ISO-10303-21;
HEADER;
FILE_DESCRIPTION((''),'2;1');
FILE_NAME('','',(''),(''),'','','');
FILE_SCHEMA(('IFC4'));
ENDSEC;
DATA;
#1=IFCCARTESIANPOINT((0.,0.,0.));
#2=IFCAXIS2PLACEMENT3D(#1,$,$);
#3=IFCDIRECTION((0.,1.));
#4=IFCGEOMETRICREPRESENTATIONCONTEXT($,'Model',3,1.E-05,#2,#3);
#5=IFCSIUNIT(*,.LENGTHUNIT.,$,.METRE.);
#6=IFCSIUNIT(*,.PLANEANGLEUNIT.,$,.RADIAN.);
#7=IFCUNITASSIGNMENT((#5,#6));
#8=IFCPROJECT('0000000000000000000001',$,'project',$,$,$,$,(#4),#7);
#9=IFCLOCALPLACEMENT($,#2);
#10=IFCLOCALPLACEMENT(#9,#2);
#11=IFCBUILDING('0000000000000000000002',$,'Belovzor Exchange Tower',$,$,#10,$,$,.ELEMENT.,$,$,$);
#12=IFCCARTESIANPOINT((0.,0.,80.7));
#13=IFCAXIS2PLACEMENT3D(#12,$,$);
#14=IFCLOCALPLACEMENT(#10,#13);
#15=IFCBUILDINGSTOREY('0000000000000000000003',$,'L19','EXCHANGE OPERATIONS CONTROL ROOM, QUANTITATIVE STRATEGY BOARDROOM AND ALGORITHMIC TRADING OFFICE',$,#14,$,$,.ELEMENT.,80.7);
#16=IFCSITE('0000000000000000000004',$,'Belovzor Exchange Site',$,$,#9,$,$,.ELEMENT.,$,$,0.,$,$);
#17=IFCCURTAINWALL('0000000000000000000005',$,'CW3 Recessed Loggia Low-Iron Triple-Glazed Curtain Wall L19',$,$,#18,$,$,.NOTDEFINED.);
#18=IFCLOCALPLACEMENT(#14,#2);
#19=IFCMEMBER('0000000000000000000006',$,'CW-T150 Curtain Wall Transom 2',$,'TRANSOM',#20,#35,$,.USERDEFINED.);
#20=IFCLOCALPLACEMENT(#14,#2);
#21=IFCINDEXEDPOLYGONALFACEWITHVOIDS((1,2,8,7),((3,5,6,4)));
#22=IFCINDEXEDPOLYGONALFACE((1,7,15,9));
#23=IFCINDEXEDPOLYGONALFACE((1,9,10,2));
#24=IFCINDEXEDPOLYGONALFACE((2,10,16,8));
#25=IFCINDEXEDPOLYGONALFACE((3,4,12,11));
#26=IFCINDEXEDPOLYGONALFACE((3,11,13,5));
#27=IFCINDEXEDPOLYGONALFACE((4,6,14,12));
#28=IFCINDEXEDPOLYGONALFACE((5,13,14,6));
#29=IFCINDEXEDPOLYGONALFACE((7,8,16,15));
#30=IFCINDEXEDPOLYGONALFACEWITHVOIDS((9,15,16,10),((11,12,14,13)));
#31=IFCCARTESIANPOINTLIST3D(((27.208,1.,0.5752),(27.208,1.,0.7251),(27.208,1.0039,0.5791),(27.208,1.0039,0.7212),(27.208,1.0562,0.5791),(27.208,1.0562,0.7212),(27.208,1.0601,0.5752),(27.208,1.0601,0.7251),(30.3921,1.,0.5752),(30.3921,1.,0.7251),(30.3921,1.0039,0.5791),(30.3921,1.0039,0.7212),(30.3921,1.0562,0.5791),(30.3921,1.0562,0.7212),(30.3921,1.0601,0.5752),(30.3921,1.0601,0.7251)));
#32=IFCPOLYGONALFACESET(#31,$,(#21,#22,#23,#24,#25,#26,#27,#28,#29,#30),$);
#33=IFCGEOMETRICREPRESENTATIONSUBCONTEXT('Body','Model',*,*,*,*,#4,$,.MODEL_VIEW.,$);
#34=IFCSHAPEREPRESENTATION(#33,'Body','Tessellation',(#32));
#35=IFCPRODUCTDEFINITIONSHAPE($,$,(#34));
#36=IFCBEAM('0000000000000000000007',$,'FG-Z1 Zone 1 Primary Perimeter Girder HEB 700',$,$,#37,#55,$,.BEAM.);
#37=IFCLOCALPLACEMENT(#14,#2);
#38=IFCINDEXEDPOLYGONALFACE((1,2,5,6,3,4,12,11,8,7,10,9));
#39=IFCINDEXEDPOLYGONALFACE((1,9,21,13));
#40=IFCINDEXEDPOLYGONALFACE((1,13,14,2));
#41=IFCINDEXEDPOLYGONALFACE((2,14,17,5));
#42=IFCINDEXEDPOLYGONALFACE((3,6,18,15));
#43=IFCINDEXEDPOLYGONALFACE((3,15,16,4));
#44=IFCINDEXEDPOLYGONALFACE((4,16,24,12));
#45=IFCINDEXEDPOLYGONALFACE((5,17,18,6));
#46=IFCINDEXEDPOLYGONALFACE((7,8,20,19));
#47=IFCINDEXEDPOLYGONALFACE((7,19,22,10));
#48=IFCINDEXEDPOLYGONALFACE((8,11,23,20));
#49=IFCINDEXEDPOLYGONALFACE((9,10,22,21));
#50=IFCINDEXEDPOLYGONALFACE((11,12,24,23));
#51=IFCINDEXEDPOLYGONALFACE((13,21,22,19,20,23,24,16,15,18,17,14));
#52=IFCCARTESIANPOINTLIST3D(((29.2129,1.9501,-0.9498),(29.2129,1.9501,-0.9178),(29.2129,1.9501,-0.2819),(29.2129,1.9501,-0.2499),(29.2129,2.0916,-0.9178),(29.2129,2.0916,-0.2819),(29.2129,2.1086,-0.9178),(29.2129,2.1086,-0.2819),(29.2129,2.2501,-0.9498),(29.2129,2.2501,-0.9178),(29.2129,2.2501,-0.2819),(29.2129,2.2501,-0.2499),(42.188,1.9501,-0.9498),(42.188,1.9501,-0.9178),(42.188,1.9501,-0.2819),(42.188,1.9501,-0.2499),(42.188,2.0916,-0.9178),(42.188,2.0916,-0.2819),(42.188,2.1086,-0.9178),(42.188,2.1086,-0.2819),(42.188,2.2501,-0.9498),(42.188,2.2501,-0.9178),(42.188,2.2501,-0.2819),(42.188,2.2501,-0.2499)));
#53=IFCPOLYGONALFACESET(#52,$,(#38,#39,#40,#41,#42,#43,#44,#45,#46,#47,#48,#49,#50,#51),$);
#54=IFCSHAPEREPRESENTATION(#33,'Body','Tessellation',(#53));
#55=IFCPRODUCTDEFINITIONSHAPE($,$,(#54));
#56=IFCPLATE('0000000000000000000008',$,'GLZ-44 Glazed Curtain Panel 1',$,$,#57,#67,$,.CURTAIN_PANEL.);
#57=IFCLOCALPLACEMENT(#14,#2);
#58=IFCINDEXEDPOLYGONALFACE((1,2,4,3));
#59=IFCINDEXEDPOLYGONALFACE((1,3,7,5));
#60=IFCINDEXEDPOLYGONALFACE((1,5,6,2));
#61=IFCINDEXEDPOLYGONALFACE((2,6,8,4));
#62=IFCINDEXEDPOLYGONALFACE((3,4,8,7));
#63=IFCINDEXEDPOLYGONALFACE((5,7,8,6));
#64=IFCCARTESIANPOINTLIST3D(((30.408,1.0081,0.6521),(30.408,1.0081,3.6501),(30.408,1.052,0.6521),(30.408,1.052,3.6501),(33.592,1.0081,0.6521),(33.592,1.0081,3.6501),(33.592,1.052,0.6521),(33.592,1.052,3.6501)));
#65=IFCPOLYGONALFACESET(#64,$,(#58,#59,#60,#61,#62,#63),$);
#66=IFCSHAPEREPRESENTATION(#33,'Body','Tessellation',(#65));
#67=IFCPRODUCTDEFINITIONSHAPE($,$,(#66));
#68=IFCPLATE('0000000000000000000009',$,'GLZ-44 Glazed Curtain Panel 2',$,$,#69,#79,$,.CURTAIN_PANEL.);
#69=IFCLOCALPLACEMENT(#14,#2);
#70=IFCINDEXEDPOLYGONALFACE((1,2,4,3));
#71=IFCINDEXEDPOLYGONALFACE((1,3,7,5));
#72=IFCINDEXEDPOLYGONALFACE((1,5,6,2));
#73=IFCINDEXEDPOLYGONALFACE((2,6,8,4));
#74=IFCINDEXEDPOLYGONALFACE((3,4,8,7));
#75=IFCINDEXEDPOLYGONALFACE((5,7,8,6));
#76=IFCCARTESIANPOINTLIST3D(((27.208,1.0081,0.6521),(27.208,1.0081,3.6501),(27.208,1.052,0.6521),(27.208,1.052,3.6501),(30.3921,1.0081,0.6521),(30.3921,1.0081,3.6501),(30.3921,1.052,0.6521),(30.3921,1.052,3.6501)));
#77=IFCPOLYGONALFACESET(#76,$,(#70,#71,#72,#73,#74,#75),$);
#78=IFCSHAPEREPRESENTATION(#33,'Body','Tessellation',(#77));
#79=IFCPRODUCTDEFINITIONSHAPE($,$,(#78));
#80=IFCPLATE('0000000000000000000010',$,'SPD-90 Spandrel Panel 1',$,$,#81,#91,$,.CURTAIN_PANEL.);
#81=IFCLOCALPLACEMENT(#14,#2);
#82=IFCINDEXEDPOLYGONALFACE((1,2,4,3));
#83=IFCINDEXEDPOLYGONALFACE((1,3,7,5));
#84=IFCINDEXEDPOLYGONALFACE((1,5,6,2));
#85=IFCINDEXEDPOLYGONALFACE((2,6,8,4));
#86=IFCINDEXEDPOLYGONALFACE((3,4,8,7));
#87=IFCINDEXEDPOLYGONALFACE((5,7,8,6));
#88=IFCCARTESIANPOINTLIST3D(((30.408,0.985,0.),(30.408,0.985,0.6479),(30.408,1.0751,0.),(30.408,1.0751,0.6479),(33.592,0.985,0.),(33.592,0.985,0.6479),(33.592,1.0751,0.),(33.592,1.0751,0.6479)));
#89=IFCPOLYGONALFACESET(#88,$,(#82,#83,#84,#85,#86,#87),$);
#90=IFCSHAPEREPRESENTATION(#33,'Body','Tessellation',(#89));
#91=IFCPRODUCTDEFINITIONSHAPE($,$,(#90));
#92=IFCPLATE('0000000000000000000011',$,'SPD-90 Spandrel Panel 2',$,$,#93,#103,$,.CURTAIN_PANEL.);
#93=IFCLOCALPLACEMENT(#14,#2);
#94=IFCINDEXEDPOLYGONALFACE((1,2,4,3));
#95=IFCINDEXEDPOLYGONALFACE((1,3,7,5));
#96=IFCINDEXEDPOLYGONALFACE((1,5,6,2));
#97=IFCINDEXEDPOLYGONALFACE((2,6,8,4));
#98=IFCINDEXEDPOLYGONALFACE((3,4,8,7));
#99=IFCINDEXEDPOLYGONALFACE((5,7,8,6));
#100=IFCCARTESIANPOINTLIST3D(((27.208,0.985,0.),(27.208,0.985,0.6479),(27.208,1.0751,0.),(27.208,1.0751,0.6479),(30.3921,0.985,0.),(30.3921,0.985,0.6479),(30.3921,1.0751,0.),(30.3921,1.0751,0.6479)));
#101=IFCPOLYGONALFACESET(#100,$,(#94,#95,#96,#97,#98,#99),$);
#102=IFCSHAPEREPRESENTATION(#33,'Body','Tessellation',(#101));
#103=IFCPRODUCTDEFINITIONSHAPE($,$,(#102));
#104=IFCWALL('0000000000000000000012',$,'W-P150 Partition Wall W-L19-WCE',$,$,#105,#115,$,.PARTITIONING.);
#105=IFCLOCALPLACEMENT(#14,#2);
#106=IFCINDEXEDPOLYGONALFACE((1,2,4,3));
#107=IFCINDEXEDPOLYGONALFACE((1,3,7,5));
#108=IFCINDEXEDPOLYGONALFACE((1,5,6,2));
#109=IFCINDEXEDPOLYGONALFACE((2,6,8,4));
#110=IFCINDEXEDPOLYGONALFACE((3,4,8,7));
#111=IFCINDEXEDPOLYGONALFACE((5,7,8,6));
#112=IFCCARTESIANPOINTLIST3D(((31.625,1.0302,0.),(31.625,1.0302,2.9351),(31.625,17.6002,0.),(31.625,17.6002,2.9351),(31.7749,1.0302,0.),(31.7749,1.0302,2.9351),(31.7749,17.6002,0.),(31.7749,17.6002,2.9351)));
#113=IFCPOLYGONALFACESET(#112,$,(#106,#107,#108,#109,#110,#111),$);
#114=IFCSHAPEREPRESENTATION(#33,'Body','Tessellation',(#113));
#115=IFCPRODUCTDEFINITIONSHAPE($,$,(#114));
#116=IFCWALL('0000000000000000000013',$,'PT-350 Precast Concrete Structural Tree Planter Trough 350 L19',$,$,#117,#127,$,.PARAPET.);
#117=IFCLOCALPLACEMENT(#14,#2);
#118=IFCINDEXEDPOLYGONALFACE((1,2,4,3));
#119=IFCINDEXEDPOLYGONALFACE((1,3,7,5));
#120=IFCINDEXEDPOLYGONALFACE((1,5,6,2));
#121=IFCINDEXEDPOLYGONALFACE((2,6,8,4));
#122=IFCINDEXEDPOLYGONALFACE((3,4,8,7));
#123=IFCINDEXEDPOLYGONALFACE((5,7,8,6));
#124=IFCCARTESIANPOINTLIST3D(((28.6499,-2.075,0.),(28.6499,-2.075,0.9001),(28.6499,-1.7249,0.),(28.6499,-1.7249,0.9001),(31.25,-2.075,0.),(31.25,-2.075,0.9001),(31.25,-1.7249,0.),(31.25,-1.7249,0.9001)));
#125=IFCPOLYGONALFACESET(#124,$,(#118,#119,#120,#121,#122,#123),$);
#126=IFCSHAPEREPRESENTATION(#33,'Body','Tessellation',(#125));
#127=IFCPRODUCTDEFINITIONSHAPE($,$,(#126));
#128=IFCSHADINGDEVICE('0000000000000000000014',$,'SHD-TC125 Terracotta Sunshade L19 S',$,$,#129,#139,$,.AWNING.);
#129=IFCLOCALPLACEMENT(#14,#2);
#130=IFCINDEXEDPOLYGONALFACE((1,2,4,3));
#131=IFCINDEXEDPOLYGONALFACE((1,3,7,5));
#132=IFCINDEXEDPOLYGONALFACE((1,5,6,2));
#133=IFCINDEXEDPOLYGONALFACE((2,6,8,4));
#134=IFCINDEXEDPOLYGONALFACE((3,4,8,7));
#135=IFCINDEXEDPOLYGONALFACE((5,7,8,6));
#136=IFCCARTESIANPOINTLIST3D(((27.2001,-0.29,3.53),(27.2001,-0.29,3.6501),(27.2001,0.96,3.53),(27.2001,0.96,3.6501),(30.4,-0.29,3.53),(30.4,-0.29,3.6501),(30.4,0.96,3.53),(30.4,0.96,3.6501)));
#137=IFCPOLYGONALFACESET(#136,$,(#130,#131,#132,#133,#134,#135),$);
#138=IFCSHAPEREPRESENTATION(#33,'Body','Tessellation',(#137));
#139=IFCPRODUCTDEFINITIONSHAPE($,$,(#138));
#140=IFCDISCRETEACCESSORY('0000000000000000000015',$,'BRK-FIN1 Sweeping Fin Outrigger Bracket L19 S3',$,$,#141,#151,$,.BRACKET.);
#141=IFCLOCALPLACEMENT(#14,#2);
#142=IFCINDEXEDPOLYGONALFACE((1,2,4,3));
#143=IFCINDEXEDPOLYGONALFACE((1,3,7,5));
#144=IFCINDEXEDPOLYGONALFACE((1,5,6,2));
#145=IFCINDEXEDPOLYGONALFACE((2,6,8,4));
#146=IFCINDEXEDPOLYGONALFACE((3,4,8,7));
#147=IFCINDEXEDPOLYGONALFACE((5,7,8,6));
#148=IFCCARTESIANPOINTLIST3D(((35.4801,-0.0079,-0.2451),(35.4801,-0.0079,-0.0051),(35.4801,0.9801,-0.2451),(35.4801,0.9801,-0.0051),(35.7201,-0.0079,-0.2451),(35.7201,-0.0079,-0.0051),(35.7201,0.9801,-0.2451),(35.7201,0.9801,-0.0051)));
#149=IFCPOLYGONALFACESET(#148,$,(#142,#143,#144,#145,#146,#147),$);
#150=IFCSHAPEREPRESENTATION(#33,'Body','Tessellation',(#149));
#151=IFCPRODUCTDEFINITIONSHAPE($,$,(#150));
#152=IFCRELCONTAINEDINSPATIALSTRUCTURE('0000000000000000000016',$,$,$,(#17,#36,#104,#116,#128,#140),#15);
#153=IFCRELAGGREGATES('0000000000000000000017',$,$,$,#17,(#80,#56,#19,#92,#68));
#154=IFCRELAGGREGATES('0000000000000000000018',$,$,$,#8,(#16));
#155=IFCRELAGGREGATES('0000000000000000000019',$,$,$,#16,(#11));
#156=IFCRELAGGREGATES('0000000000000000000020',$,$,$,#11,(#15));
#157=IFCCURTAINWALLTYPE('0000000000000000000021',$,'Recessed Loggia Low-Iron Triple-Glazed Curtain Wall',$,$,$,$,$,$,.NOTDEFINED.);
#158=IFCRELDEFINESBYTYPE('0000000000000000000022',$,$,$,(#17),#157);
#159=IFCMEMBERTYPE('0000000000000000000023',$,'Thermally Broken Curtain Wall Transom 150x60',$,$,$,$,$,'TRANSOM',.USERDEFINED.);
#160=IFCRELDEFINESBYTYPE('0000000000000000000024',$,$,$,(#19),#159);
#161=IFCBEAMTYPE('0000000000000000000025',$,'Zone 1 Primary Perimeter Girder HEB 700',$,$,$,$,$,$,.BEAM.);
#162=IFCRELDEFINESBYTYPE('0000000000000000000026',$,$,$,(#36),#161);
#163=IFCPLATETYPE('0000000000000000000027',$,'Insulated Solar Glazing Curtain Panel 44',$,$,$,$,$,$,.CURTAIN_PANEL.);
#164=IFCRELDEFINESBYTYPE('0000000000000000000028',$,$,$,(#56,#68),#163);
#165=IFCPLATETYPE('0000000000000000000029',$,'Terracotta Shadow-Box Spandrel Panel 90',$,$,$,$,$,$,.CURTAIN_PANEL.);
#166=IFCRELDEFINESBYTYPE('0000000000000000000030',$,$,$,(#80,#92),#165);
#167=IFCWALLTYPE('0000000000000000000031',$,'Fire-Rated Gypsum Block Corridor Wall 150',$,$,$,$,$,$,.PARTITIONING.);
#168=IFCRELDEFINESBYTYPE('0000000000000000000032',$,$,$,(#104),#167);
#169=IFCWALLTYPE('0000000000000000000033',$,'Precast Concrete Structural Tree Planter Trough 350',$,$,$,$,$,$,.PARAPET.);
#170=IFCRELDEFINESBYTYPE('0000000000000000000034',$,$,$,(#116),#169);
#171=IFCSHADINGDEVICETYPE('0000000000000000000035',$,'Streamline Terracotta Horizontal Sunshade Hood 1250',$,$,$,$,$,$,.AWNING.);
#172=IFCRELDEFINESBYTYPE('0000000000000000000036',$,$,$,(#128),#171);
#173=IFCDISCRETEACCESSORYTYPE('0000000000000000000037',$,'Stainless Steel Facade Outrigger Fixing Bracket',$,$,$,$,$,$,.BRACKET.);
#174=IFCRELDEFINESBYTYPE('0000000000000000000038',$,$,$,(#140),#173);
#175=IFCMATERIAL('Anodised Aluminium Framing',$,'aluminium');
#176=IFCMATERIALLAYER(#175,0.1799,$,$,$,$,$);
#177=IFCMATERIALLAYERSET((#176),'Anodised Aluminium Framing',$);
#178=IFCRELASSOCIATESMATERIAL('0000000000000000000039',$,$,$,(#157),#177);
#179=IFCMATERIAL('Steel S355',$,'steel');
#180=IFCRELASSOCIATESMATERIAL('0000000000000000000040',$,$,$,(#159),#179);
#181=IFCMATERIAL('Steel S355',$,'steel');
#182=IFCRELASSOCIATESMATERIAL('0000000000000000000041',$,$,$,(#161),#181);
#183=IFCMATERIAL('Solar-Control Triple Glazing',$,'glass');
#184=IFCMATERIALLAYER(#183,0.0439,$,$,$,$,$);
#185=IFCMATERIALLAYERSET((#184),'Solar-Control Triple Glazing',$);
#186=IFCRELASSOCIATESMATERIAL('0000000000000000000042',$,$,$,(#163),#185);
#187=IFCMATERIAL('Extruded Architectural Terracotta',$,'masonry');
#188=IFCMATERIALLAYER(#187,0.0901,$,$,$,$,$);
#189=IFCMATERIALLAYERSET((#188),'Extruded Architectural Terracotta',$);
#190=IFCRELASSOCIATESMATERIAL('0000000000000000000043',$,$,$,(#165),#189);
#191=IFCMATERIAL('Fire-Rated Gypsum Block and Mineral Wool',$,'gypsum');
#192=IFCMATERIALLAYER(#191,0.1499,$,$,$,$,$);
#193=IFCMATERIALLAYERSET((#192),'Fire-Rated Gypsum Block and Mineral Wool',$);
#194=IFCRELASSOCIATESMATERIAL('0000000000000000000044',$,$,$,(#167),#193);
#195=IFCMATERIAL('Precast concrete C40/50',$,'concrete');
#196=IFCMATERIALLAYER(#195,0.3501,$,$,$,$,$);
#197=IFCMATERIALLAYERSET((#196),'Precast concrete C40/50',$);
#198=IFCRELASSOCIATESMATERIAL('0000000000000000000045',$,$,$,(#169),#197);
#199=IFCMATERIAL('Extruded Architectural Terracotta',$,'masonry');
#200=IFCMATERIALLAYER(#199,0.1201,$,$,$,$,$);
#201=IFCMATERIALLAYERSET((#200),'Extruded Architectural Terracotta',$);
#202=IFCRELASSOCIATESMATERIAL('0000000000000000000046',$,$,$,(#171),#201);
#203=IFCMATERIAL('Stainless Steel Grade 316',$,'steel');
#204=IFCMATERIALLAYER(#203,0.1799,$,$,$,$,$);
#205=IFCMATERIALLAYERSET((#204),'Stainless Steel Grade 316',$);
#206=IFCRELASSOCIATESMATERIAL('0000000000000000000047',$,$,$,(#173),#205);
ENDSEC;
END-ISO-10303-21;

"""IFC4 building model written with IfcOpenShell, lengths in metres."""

from ifc_helpers import new_model, si_unit, direction, frame, frame_2d, origin, origin_2d, place, context, subcontext, project, spatial, rectangle, hollow_rectangle, i_section, extrude, material, layer, layer_set, material_profile, profile_set, type_object, element, aggregate, save


model = new_model("IFC4")

# Units and contexts
model_context = context("Model", 3, precision=1e-05, world=origin(), true_north=direction((0.0, 1.0)))
body_context = subcontext(model_context, "Body", "Model", "MODEL_VIEW")
ifc_project = project(units=[si_unit("LENGTHUNIT", "METRE"), si_unit("PLANEANGLEUNIT", "RADIAN")], contexts=[model_context])

# Site, building, storey
site_placement = place(None, origin())
site = spatial("IfcSite", under=ifc_project, at=site_placement, Name="Belovzor Exchange Site", CompositionType="ELEMENT", RefElevation=0.0)
building_placement = place(site_placement, origin())
building = spatial("IfcBuilding", under=site, at=building_placement, Name="Belovzor Exchange Tower", CompositionType="ELEMENT")
storey_placement = place(building_placement, frame((0.0, 0.0, 80.7)))
storey = spatial("IfcBuildingStorey", under=building, at=storey_placement, Name="L19", Description="EXCHANGE OPERATIONS CONTROL ROOM, QUANTITATIVE STRATEGY BOARDROOM AND ALGORITHMIC TRADING OFFICE", CompositionType="ELEMENT", Elevation=80.7)

# Curtain wall, member
ifc_material_1 = material(Name="Anodised Aluminium Framing", Category="aluminium")
ifc_layer_1 = layer(ifc_material_1, 0.1799)
ifc_layer_set_1 = layer_set([ifc_layer_1], Name="Anodised Aluminium Framing")
curtain_wall_type = type_object("IfcCurtainWallType", Name="Recessed Loggia Low-Iron Triple-Glazed Curtain Wall", PredefinedType="NOTDEFINED", material=ifc_layer_set_1)
curtain_wall_placement = place(storey_placement, origin())
curtain_wall = element("IfcCurtainWall", 1, at=curtain_wall_placement, inside=storey, type_object=curtain_wall_type, Name="CW3 Recessed Loggia Low-Iron Triple-Glazed Curtain Wall L19", PredefinedType="NOTDEFINED")
ifc_material_2 = material(Name="Steel S355", Category="steel")
ifc_material_profile_1 = material_profile(ifc_material_2, hollow_rectangle(XDim=0.0601, YDim=0.1499, WallThickness=0.0039, at=origin_2d()))
ifc_profile_set_1 = profile_set([ifc_material_profile_1], Name="Steel S355")
member_type_1 = type_object("IfcMemberType", Name="Thermally Broken Curtain Wall Transom 150x60", ElementType="TRANSOM", PredefinedType="USERDEFINED", material=ifc_profile_set_1)
member_1_placement = place(storey_placement, frame((30.3921, 1.03, 0.6501), z_axis=(-1.0, 0.0, 0.0), x_axis=(0.0, -1.0, 0.0)))
member_1 = element("IfcMember", 2, at=member_1_placement, type_object=member_type_1, Name="CW-T150 Curtain Wall Transom 2", ObjectType="TRANSOM", PredefinedType="USERDEFINED", context=body_context, shape_type="SweptSolid", body=[
    extrude(hollow_rectangle(XDim=0.0601, YDim=0.1499, WallThickness=0.0039, at=origin_2d()), origin(), (0.0, 0.0, 1.0), 3.1841),
])

# Beam
ifc_material_3 = material(Name="Steel S355", Category="steel")
ifc_material_profile_2 = material_profile(ifc_material_3, i_section(OverallWidth=0.3, OverallDepth=0.7, WebThickness=0.0171, FlangeThickness=0.032, at=origin_2d()))
ifc_profile_set_2 = profile_set([ifc_material_profile_2], Name="Steel S355")
beam_type_1 = type_object("IfcBeamType", Name="Zone 1 Primary Perimeter Girder HEB 700", PredefinedType="BEAM", material=ifc_profile_set_2)
beam_1_placement = place(storey_placement, frame((29.2129, 2.1001, -0.5999), z_axis=(1.0, 0.0, 0.0), x_axis=(0.0, 1.0, 0.0)))
element("IfcBeam", 3, at=beam_1_placement, inside=storey, type_object=beam_type_1, Name="FG-Z1 Zone 1 Primary Perimeter Girder HEB 700", PredefinedType="BEAM", context=body_context, shape_type="SweptSolid", body=[
    extrude(i_section(OverallWidth=0.3, OverallDepth=0.7, WebThickness=0.0171, FlangeThickness=0.032, at=origin_2d()), origin(), (0.0, 0.0, 1.0), 12.9751),
])

# Plates
ifc_material_4 = material(Name="Solar-Control Triple Glazing", Category="glass")
ifc_layer_2 = layer(ifc_material_4, 0.0439)
ifc_layer_set_2 = layer_set([ifc_layer_2], Name="Solar-Control Triple Glazing")
plate_type_1 = type_object("IfcPlateType", Name="Insulated Solar Glazing Curtain Panel 44", PredefinedType="CURTAIN_PANEL", material=ifc_layer_set_2)
plate_1_placement = place(storey_placement, frame((32.0, 1.03, 0.6521), z_axis=(0.0, 0.0, 1.0), x_axis=(-1.0, 0.0, 0.0)))
plate_1 = element("IfcPlate", 4, at=plate_1_placement, type_object=plate_type_1, Name="GLZ-44 Glazed Curtain Panel 1", PredefinedType="CURTAIN_PANEL", context=body_context, shape_type="SweptSolid", body=[
    extrude(rectangle(XDim=3.1841, YDim=0.0439, at=origin_2d()), origin(), (0.0, 0.0, 1.0), 2.998),
])
plate_2_placement = place(storey_placement, frame((28.8, 1.03, 0.6521), z_axis=(0.0, 0.0, 1.0), x_axis=(-1.0, 0.0, 0.0)))
plate_2 = element("IfcPlate", 5, at=plate_2_placement, type_object=plate_type_1, Name="GLZ-44 Glazed Curtain Panel 2", PredefinedType="CURTAIN_PANEL", context=body_context, shape_type="SweptSolid", body=[
    extrude(rectangle(XDim=3.1841, YDim=0.0439, at=origin_2d()), origin(), (0.0, 0.0, 1.0), 2.998),
])
ifc_material_5 = material(Name="Extruded Architectural Terracotta", Category="masonry")
ifc_layer_3 = layer(ifc_material_5, 0.0901)
ifc_layer_set_3 = layer_set([ifc_layer_3], Name="Extruded Architectural Terracotta")
plate_type_2 = type_object("IfcPlateType", Name="Terracotta Shadow-Box Spandrel Panel 90", PredefinedType="CURTAIN_PANEL", material=ifc_layer_set_3)
plate_3_placement = place(storey_placement, frame((32.0, 1.03, 0.0), z_axis=(0.0, 0.0, 1.0), x_axis=(-1.0, 0.0, 0.0)))
plate_3 = element("IfcPlate", 6, at=plate_3_placement, type_object=plate_type_2, Name="SPD-90 Spandrel Panel 1", PredefinedType="CURTAIN_PANEL", context=body_context, shape_type="SweptSolid", body=[
    extrude(rectangle(XDim=3.1841, YDim=0.0901, at=origin_2d()), origin(), (0.0, 0.0, 1.0), 0.6479),
])
plate_4_placement = place(storey_placement, frame((28.8, 1.03, 0.0), z_axis=(0.0, 0.0, 1.0), x_axis=(-1.0, 0.0, 0.0)))
plate_4 = element("IfcPlate", 7, at=plate_4_placement, type_object=plate_type_2, Name="SPD-90 Spandrel Panel 2", PredefinedType="CURTAIN_PANEL", context=body_context, shape_type="SweptSolid", body=[
    extrude(rectangle(XDim=3.1841, YDim=0.0901, at=origin_2d()), origin(), (0.0, 0.0, 1.0), 0.6479),
])
aggregate(curtain_wall, [plate_3, plate_1, member_1, plate_4, plate_2])

# Walls
ifc_material_6 = material(Name="Fire-Rated Gypsum Block and Mineral Wool", Category="gypsum")
ifc_layer_4 = layer(ifc_material_6, 0.1499)
ifc_layer_set_4 = layer_set([ifc_layer_4], Name="Fire-Rated Gypsum Block and Mineral Wool")
wall_type_1 = type_object("IfcWallType", Name="Fire-Rated Gypsum Block Corridor Wall 150", PredefinedType="PARTITIONING", material=ifc_layer_set_4)
wall_1_placement = place(storey_placement, frame((31.7, 1.03, 0.0), z_axis=(0.0, 0.0, 1.0), x_axis=(0.0, 1.0, 0.0)))
element("IfcWall", 8, at=wall_1_placement, inside=storey, type_object=wall_type_1, Name="W-P150 Partition Wall W-L19-WCE", PredefinedType="PARTITIONING", context=body_context, shape_type="SweptSolid", body=[
    extrude(rectangle(XDim=16.5701, YDim=0.1499, at=frame_2d((8.2852, 0.0))), origin(), (0.0, 0.0, 1.0), 2.9351),
])
ifc_material_7 = material(Name="Precast concrete C40/50", Category="concrete")
ifc_layer_5 = layer(ifc_material_7, 0.3501)
ifc_layer_set_5 = layer_set([ifc_layer_5], Name="Precast concrete C40/50")
wall_type_2 = type_object("IfcWallType", Name="Precast Concrete Structural Tree Planter Trough 350", PredefinedType="PARAPET", material=ifc_layer_set_5)
wall_2_placement = place(storey_placement, frame((28.6499, -1.8999, 0.0), z_axis=(0.0, 0.0, 1.0), x_axis=(1.0, 0.0, 0.0)))
element("IfcWall", 9, at=wall_2_placement, inside=storey, type_object=wall_type_2, Name="PT-350 Precast Concrete Structural Tree Planter Trough 350 L19", PredefinedType="PARAPET", context=body_context, shape_type="SweptSolid", body=[
    extrude(rectangle(XDim=2.6001, YDim=0.3501, at=frame_2d((1.3, 0.0))), origin(), (0.0, 0.0, 1.0), 0.9001),
])

# Shading device
ifc_material_8 = material(Name="Extruded Architectural Terracotta", Category="masonry")
ifc_layer_6 = layer(ifc_material_8, 0.1201)
ifc_layer_set_6 = layer_set([ifc_layer_6], Name="Extruded Architectural Terracotta")
shading_device_type = type_object("IfcShadingDeviceType", Name="Streamline Terracotta Horizontal Sunshade Hood 1250", PredefinedType="AWNING", material=ifc_layer_set_6)
shading_device_placement = place(storey_placement, frame((28.8, 0.335, 3.53), z_axis=(0.0, 0.0, 1.0), x_axis=(1.0, 0.0, 0.0)))
element("IfcShadingDevice", 10, at=shading_device_placement, inside=storey, type_object=shading_device_type, Name="SHD-TC125 Terracotta Sunshade L19 S", PredefinedType="AWNING", context=body_context, shape_type="SweptSolid", body=[
    extrude(rectangle(XDim=3.2, YDim=1.25, at=origin_2d()), origin(), (0.0, 0.0, 1.0), 0.1201),
])

# Discrete accessory
ifc_material_9 = material(Name="Stainless Steel Grade 316", Category="steel")
ifc_layer_7 = layer(ifc_material_9, 0.1799)
ifc_layer_set_7 = layer_set([ifc_layer_7], Name="Stainless Steel Grade 316")
discrete_accessory_type = type_object("IfcDiscreteAccessoryType", Name="Stainless Steel Facade Outrigger Fixing Bracket", PredefinedType="BRACKET", material=ifc_layer_set_7)
discrete_accessory_placement = place(storey_placement, frame((35.6001, 0.4861, -0.2451), z_axis=(0.0, 0.0, 1.0), x_axis=(0.0, 1.0, 0.0)))
element("IfcDiscreteAccessory", 11, at=discrete_accessory_placement, inside=storey, type_object=discrete_accessory_type, Name="BRK-FIN1 Sweeping Fin Outrigger Bracket L19 S3", PredefinedType="BRACKET", context=body_context, shape_type="SweptSolid", body=[
    extrude(rectangle(XDim=0.988, YDim=0.24, at=origin_2d()), origin(), (0.0, 0.0, 1.0), 0.24),
])

save(model, "model.ifc")
